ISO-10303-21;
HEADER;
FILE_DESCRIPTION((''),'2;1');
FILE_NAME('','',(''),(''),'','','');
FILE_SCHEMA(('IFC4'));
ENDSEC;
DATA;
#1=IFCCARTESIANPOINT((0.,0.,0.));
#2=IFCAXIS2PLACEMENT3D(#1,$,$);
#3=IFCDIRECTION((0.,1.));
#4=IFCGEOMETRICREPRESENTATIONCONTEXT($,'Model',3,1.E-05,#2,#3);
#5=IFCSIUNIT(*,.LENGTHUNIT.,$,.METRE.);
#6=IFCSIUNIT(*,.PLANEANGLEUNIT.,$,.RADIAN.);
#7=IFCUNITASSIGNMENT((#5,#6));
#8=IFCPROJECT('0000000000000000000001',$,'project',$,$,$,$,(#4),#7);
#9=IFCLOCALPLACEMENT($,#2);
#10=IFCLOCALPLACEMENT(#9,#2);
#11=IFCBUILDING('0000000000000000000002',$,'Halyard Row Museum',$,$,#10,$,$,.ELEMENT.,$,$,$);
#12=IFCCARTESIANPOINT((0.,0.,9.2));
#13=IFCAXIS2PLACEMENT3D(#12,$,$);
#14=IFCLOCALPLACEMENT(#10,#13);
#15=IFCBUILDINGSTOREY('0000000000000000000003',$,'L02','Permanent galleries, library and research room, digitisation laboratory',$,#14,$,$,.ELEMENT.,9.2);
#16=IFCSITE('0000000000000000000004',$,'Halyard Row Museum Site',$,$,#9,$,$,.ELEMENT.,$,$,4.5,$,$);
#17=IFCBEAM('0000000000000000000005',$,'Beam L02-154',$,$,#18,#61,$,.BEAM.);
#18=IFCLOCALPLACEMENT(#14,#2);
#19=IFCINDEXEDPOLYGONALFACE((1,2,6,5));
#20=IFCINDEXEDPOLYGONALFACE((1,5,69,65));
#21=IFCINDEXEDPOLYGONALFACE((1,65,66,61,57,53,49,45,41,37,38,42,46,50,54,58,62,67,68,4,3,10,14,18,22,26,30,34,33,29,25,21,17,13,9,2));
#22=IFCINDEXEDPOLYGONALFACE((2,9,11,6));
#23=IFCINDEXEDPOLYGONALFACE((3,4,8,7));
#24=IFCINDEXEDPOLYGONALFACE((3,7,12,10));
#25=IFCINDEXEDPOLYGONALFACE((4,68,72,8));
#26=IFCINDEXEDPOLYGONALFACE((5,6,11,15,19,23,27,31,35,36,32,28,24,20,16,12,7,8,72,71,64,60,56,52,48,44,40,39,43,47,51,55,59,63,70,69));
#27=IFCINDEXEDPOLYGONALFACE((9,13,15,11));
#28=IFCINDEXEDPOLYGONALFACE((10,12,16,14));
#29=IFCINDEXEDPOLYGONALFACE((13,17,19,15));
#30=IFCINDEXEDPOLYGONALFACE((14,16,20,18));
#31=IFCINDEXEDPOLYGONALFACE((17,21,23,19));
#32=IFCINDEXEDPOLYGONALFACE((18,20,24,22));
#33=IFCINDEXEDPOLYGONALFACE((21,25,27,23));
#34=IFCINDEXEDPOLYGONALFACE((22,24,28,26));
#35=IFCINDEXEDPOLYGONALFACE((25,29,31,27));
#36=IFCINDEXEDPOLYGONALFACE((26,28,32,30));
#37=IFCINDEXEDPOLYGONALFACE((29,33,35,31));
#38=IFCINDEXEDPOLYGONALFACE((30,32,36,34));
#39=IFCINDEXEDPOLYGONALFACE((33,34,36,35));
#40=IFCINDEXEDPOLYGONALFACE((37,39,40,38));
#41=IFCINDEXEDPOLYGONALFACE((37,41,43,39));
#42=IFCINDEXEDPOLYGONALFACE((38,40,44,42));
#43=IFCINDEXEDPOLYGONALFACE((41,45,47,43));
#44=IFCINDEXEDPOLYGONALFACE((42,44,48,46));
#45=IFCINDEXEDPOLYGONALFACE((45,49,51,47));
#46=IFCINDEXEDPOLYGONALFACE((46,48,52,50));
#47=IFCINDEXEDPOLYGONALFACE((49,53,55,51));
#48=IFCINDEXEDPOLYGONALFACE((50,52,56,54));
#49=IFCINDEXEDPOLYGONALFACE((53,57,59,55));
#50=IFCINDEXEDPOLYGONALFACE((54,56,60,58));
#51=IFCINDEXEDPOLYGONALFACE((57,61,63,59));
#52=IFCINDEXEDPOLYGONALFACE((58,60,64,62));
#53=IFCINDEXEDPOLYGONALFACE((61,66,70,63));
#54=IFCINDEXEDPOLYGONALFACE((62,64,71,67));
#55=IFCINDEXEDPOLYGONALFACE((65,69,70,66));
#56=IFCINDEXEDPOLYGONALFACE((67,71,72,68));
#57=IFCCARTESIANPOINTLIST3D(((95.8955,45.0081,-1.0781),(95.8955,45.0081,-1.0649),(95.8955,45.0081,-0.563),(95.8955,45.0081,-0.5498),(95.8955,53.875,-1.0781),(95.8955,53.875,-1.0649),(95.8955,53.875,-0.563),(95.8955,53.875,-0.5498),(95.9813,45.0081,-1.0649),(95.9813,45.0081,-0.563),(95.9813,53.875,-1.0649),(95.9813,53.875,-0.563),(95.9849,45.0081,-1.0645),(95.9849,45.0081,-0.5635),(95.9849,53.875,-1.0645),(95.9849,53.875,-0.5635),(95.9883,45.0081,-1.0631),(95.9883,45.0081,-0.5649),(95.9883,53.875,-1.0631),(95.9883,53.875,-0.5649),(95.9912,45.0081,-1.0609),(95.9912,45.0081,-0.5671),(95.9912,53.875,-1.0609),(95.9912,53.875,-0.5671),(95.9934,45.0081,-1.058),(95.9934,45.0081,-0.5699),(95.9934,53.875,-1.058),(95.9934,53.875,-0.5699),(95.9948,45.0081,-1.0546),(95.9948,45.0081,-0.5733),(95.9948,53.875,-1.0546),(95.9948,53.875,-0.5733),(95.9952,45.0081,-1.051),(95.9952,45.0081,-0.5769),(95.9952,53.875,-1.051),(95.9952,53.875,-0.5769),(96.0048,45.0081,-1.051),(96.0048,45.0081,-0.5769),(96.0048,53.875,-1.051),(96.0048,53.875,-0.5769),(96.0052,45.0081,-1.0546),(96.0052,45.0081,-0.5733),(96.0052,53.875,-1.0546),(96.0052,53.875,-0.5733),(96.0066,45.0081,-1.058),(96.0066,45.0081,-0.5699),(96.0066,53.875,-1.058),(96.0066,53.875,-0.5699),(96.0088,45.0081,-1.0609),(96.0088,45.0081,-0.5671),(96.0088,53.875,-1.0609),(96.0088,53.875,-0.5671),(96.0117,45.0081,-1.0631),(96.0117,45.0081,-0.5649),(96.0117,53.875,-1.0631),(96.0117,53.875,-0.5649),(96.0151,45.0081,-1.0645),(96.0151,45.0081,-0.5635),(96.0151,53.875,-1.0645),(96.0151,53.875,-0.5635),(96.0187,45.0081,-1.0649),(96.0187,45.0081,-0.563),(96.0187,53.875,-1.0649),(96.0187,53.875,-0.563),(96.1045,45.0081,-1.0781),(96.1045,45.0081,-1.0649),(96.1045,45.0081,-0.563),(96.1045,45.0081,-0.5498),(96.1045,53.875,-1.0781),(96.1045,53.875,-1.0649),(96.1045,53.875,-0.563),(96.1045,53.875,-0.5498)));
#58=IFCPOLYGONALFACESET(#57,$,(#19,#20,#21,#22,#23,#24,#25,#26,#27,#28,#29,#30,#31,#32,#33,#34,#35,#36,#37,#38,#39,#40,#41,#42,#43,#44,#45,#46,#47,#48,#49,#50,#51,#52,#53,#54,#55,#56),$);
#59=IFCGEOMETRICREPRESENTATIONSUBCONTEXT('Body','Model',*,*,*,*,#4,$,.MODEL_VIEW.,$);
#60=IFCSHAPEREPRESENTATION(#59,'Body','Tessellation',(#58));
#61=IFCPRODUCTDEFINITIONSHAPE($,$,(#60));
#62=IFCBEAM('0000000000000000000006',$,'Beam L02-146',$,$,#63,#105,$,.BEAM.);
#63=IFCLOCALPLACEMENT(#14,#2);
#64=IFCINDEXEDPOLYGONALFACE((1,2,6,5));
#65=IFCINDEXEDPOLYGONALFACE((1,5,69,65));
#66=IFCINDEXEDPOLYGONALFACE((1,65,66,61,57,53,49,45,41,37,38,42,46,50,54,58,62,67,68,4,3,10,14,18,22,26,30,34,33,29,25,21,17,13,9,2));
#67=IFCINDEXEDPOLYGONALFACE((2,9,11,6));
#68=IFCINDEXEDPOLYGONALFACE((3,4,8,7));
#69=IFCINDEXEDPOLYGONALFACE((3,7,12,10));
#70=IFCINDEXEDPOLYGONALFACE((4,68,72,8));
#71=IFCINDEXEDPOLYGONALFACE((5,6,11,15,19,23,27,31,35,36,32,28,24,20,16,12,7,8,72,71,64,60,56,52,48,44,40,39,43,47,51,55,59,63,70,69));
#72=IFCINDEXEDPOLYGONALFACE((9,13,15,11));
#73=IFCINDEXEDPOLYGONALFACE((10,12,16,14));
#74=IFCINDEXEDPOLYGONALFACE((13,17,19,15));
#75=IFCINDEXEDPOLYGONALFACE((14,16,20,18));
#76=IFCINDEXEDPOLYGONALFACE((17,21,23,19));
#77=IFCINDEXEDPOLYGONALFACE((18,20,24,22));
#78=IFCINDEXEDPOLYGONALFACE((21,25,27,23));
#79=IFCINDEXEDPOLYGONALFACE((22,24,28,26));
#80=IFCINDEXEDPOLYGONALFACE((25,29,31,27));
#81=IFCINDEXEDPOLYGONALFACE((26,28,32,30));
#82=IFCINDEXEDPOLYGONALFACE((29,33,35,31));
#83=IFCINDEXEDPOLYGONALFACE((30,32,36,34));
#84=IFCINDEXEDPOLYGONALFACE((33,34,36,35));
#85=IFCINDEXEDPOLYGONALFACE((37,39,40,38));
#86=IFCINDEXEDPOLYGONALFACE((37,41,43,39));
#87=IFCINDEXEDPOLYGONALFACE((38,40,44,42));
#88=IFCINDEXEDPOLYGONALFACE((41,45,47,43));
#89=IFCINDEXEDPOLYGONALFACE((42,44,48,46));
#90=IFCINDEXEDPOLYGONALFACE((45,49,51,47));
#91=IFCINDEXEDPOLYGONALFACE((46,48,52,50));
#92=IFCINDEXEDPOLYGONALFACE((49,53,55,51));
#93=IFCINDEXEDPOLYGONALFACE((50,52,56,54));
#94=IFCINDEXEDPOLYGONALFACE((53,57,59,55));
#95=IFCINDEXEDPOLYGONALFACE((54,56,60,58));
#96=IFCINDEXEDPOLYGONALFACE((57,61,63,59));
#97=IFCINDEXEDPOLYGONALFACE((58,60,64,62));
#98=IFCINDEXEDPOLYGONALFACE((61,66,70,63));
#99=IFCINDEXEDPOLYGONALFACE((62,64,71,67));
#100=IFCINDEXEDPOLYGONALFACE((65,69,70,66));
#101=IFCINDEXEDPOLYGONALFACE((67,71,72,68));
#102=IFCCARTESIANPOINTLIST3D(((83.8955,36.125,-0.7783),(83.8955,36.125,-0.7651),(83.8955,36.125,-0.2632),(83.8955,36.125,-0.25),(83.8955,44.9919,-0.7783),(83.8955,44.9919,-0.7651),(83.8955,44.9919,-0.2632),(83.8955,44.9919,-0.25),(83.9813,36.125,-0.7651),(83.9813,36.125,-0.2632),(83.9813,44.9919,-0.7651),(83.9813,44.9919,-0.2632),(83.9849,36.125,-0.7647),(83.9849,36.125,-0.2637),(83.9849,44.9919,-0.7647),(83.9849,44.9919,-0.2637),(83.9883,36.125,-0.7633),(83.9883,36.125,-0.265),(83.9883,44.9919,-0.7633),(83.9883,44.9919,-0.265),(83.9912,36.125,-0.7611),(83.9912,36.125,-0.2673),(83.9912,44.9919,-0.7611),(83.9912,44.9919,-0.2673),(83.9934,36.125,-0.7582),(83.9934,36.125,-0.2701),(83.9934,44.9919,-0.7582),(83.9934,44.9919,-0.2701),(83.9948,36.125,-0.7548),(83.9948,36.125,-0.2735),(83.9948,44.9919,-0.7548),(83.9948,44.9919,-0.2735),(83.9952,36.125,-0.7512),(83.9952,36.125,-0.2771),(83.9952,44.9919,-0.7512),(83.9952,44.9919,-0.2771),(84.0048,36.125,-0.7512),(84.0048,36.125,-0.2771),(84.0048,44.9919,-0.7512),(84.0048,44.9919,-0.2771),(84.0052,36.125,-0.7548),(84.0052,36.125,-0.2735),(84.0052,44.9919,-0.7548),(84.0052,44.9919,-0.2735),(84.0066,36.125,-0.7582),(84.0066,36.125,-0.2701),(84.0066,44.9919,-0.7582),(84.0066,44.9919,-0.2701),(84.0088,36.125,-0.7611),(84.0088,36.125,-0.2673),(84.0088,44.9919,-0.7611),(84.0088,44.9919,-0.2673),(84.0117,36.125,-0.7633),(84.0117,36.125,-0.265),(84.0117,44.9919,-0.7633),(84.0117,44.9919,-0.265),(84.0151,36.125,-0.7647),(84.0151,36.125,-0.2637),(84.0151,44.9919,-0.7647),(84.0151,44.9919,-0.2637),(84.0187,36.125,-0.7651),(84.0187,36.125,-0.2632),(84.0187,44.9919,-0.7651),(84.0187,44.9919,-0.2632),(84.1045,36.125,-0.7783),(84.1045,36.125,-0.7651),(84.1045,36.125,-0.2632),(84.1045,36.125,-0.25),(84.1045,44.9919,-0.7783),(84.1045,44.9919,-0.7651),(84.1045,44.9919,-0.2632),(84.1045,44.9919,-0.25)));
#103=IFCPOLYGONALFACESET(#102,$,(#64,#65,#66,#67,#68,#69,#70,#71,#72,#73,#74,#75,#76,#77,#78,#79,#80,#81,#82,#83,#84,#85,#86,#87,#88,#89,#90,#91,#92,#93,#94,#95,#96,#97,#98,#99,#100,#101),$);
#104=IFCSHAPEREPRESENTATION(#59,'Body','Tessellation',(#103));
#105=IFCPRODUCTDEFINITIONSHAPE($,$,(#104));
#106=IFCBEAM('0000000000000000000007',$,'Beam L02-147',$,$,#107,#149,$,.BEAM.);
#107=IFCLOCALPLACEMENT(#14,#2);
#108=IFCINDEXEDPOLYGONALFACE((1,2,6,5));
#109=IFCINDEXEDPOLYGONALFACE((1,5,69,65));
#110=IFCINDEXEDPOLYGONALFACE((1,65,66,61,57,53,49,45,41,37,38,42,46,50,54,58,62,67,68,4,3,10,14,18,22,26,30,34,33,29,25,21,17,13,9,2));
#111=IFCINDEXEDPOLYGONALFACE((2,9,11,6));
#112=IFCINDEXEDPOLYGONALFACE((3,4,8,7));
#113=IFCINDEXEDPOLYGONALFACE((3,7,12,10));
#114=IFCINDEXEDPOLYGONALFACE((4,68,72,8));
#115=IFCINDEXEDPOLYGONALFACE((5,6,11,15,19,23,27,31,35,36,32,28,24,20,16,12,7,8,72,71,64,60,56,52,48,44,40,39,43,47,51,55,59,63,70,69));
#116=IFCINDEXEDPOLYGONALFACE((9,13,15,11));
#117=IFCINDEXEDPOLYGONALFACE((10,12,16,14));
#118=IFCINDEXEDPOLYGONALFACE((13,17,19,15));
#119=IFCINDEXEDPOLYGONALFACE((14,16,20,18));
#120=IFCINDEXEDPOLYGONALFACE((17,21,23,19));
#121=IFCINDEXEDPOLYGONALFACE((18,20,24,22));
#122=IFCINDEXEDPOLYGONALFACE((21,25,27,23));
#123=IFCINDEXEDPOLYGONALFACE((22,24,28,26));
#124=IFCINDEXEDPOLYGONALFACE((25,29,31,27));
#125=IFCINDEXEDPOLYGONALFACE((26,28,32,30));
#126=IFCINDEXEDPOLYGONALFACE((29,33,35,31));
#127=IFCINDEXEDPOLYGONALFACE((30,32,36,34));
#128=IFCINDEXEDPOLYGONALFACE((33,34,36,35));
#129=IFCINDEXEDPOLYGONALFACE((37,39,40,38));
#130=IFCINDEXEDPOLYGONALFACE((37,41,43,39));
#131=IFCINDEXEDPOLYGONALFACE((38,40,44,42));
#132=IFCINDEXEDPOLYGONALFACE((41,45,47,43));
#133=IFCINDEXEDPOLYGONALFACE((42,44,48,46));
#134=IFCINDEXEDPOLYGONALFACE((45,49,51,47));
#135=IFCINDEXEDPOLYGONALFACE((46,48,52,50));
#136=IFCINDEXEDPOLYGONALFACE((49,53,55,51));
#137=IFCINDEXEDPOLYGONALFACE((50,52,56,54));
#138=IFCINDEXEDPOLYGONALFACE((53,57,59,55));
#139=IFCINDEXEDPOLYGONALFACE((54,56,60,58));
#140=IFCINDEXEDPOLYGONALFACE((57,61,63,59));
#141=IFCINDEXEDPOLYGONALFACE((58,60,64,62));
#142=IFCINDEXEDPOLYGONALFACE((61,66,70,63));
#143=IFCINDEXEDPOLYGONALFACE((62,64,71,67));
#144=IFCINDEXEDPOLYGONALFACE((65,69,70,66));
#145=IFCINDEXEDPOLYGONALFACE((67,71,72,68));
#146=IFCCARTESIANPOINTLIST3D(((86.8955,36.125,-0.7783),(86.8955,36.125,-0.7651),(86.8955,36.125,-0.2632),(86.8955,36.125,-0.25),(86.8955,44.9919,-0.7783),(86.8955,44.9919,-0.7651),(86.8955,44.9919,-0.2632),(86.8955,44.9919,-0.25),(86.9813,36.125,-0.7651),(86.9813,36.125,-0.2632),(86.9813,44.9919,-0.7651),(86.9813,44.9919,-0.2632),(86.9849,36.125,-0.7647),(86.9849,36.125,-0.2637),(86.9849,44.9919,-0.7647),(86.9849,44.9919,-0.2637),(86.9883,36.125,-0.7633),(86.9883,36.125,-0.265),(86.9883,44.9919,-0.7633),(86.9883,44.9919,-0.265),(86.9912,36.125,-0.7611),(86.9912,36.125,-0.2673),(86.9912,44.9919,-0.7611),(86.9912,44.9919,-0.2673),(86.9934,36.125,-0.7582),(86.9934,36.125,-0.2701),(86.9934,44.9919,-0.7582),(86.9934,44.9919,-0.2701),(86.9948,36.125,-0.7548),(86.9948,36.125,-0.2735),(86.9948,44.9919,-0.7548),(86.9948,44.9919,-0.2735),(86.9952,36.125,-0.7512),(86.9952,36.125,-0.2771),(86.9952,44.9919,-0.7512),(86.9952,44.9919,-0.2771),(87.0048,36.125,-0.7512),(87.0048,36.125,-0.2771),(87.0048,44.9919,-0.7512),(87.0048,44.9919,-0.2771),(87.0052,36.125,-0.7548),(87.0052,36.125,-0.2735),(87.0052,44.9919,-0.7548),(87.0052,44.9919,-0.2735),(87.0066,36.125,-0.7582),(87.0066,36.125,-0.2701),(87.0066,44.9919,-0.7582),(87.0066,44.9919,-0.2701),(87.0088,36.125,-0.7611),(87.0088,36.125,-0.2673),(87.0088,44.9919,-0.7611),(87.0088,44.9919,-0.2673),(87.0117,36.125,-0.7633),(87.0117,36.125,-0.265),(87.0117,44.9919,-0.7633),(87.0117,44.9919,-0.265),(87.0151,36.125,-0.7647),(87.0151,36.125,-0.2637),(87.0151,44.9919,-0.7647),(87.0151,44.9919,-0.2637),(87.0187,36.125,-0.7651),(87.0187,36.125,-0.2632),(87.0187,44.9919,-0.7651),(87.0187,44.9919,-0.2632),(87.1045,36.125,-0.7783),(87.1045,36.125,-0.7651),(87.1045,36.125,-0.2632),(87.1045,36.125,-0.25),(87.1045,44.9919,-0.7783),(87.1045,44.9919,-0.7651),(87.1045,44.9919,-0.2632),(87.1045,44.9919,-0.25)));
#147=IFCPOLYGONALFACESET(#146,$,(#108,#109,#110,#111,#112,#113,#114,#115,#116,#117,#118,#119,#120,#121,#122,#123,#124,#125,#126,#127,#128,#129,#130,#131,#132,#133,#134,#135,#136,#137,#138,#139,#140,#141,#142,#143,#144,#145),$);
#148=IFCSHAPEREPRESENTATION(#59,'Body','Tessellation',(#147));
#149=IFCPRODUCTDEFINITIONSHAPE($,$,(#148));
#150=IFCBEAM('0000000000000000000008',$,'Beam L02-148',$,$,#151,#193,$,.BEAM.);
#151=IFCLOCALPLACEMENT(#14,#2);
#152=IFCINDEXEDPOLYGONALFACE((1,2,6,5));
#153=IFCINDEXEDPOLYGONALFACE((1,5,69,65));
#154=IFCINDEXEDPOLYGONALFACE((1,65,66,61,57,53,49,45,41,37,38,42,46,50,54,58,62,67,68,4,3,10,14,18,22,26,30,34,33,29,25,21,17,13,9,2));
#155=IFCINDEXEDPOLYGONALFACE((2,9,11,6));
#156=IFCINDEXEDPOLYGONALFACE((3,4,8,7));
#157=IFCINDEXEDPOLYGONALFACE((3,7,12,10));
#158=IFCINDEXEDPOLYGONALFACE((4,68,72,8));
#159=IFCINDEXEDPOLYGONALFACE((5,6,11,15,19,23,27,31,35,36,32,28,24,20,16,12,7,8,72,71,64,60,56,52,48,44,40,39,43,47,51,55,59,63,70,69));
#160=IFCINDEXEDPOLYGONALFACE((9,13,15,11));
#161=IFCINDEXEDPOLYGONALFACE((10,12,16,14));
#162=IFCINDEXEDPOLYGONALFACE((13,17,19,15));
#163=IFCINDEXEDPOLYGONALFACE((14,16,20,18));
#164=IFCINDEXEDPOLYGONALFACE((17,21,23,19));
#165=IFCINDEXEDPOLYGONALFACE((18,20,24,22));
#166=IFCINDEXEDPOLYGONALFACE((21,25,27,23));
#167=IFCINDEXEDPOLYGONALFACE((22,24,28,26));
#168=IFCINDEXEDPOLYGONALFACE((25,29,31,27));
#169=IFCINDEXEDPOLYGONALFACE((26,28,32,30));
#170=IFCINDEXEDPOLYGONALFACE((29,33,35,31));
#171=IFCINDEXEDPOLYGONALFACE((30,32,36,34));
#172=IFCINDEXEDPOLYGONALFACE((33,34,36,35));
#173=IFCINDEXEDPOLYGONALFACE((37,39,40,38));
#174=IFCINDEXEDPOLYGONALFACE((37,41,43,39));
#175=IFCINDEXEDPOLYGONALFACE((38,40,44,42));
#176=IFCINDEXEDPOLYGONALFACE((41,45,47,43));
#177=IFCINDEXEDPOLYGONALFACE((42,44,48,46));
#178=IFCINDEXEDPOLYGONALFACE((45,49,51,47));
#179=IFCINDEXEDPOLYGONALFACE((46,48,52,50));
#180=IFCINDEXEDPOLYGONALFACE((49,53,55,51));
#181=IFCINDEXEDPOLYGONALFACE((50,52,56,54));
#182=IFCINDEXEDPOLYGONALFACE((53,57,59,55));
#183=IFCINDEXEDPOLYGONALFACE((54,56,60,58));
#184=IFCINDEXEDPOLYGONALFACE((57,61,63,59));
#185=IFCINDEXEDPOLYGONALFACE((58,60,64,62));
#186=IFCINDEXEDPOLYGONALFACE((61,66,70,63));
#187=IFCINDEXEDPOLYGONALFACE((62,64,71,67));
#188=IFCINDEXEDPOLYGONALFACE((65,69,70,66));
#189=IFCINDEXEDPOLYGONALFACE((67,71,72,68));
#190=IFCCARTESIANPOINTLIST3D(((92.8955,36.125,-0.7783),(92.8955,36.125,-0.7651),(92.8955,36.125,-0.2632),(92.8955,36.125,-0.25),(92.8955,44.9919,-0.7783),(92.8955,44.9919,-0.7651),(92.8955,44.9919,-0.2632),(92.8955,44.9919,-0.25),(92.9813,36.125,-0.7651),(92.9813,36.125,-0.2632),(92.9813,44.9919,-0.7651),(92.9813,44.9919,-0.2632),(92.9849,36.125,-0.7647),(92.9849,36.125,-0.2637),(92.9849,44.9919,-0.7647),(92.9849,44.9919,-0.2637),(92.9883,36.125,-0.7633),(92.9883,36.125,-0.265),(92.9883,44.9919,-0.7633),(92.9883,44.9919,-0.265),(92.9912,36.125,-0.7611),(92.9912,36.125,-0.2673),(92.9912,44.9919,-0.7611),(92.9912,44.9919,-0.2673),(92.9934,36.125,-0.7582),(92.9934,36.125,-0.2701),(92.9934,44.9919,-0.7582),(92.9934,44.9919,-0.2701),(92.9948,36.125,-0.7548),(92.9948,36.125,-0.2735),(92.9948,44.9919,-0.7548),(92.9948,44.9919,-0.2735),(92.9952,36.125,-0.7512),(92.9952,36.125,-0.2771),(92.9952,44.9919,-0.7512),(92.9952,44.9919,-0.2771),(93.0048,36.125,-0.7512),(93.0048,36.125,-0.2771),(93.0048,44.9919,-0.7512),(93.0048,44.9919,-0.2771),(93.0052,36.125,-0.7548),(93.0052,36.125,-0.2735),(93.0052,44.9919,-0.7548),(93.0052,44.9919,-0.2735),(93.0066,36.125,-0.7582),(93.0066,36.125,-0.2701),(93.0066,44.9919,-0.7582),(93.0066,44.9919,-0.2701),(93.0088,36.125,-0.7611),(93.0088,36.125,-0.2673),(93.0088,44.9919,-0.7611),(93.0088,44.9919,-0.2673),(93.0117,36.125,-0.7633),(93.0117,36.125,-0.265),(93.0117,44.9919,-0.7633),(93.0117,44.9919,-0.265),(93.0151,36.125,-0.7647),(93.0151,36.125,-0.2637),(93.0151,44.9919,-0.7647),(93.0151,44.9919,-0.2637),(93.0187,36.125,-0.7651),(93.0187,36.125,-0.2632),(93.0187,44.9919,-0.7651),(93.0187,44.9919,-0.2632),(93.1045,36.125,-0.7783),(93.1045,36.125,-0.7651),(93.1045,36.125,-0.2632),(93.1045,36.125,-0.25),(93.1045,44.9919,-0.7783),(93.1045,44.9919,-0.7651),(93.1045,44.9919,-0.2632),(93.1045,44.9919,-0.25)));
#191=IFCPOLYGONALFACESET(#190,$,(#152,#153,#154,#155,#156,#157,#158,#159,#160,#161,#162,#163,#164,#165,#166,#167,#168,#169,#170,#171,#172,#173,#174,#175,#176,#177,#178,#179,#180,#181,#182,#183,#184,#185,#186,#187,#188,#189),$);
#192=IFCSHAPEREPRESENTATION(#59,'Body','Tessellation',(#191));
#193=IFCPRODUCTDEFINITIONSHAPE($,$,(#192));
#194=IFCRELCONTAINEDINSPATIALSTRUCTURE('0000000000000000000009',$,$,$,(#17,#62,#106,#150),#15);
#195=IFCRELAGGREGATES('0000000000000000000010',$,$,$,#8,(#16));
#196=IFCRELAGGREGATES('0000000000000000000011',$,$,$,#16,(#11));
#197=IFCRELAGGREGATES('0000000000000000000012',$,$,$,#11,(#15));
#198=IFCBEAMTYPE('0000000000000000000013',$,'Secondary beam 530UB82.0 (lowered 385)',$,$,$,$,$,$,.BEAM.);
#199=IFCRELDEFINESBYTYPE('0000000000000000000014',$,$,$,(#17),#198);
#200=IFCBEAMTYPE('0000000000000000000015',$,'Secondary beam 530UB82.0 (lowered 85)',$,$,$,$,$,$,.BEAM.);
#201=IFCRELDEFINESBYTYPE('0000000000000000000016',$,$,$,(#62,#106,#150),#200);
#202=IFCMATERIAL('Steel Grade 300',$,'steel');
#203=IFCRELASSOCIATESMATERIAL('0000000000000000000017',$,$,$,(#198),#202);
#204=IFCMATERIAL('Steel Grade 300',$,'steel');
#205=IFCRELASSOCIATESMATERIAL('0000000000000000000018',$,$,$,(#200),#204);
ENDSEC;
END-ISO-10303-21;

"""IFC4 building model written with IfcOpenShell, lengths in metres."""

from ifc_helpers import new_model, si_unit, direction, frame, origin, origin_2d, place, context, subcontext, project, spatial, i_section, extrude, material, material_profile, profile_set, type_object, element, save


model = new_model("IFC4")

# Units and contexts
model_context = context("Model", 3, precision=1e-05, world=origin(), true_north=direction((0.0, 1.0)))
body_context = subcontext(model_context, "Body", "Model", "MODEL_VIEW")
ifc_project = project(units=[si_unit("LENGTHUNIT", "METRE"), si_unit("PLANEANGLEUNIT", "RADIAN")], contexts=[model_context])

# Site, building, storey
site_placement = place(None, origin())
site = spatial("IfcSite", under=ifc_project, at=site_placement, Name="Halyard Row Museum Site", CompositionType="ELEMENT", RefElevation=4.5)
building_placement = place(site_placement, origin())
building = spatial("IfcBuilding", under=site, at=building_placement, Name="Halyard Row Museum", CompositionType="ELEMENT")
storey_placement = place(building_placement, frame((0.0, 0.0, 9.2)))
storey = spatial("IfcBuildingStorey", under=building, at=storey_placement, Name="L02", Description="Permanent galleries, library and research room, digitisation laboratory", CompositionType="ELEMENT", Elevation=9.2)

# Beams
ifc_material_1 = material(Name="Steel Grade 300", Category="steel")
ifc_material_profile_1 = material_profile(ifc_material_1, i_section(OverallWidth=0.209, OverallDepth=0.5283, WebThickness=0.0095, FlangeThickness=0.0132, FilletRadius=0.0139, at=origin_2d()), Name="530UB82.0")
ifc_profile_set_1 = profile_set([ifc_material_profile_1], Name="Steel Grade 300")
beam_type_1 = type_object("IfcBeamType", Name="Secondary beam 530UB82.0 (lowered 385)", PredefinedType="BEAM", material=ifc_profile_set_1)
for number, where, z_axis, x_axis, name in (
    (1, (96.0, 45.0081, -0.814), (0.0, 1.0, 0.0), (-1.0, 0.0, 0.0), "Beam L02-154"),
):
    element("IfcBeam", number, at=place(storey_placement, frame(where, z_axis=z_axis, x_axis=x_axis)), inside=storey, type_object=beam_type_1, Name=name, PredefinedType="BEAM", context=body_context, shape_type="SweptSolid", body=[
        extrude(i_section(OverallWidth=0.209, OverallDepth=0.5283, WebThickness=0.0095, FlangeThickness=0.0132, FilletRadius=0.0139, at=origin_2d()), origin(), (0.0, 0.0, 1.0), 8.8669),
    ])
ifc_material_2 = material(Name="Steel Grade 300", Category="steel")
ifc_material_profile_2 = material_profile(ifc_material_2, i_section(OverallWidth=0.209, OverallDepth=0.5283, WebThickness=0.0095, FlangeThickness=0.0132, FilletRadius=0.0139, at=origin_2d()), Name="530UB82.0")
ifc_profile_set_2 = profile_set([ifc_material_profile_2], Name="Steel Grade 300")
beam_type_2 = type_object("IfcBeamType", Name="Secondary beam 530UB82.0 (lowered 85)", PredefinedType="BEAM", material=ifc_profile_set_2)
for number, where, z_axis, x_axis, name in (
    (2, (84.0, 36.125, -0.5142), (0.0, 1.0, 0.0), (-1.0, 0.0, 0.0), "Beam L02-146"),
    (3, (87.0, 36.125, -0.5142), (0.0, 1.0, 0.0), (-1.0, 0.0, 0.0), "Beam L02-147"),
    (4, (93.0, 36.125, -0.5142), (0.0, 1.0, 0.0), (-1.0, 0.0, 0.0), "Beam L02-148"),
):
    element("IfcBeam", number, at=place(storey_placement, frame(where, z_axis=z_axis, x_axis=x_axis)), inside=storey, type_object=beam_type_2, Name=name, PredefinedType="BEAM", context=body_context, shape_type="SweptSolid", body=[
        extrude(i_section(OverallWidth=0.209, OverallDepth=0.5283, WebThickness=0.0095, FlangeThickness=0.0132, FilletRadius=0.0139, at=origin_2d()), origin(), (0.0, 0.0, 1.0), 8.8669),
    ])

save(model, "model.ifc")
